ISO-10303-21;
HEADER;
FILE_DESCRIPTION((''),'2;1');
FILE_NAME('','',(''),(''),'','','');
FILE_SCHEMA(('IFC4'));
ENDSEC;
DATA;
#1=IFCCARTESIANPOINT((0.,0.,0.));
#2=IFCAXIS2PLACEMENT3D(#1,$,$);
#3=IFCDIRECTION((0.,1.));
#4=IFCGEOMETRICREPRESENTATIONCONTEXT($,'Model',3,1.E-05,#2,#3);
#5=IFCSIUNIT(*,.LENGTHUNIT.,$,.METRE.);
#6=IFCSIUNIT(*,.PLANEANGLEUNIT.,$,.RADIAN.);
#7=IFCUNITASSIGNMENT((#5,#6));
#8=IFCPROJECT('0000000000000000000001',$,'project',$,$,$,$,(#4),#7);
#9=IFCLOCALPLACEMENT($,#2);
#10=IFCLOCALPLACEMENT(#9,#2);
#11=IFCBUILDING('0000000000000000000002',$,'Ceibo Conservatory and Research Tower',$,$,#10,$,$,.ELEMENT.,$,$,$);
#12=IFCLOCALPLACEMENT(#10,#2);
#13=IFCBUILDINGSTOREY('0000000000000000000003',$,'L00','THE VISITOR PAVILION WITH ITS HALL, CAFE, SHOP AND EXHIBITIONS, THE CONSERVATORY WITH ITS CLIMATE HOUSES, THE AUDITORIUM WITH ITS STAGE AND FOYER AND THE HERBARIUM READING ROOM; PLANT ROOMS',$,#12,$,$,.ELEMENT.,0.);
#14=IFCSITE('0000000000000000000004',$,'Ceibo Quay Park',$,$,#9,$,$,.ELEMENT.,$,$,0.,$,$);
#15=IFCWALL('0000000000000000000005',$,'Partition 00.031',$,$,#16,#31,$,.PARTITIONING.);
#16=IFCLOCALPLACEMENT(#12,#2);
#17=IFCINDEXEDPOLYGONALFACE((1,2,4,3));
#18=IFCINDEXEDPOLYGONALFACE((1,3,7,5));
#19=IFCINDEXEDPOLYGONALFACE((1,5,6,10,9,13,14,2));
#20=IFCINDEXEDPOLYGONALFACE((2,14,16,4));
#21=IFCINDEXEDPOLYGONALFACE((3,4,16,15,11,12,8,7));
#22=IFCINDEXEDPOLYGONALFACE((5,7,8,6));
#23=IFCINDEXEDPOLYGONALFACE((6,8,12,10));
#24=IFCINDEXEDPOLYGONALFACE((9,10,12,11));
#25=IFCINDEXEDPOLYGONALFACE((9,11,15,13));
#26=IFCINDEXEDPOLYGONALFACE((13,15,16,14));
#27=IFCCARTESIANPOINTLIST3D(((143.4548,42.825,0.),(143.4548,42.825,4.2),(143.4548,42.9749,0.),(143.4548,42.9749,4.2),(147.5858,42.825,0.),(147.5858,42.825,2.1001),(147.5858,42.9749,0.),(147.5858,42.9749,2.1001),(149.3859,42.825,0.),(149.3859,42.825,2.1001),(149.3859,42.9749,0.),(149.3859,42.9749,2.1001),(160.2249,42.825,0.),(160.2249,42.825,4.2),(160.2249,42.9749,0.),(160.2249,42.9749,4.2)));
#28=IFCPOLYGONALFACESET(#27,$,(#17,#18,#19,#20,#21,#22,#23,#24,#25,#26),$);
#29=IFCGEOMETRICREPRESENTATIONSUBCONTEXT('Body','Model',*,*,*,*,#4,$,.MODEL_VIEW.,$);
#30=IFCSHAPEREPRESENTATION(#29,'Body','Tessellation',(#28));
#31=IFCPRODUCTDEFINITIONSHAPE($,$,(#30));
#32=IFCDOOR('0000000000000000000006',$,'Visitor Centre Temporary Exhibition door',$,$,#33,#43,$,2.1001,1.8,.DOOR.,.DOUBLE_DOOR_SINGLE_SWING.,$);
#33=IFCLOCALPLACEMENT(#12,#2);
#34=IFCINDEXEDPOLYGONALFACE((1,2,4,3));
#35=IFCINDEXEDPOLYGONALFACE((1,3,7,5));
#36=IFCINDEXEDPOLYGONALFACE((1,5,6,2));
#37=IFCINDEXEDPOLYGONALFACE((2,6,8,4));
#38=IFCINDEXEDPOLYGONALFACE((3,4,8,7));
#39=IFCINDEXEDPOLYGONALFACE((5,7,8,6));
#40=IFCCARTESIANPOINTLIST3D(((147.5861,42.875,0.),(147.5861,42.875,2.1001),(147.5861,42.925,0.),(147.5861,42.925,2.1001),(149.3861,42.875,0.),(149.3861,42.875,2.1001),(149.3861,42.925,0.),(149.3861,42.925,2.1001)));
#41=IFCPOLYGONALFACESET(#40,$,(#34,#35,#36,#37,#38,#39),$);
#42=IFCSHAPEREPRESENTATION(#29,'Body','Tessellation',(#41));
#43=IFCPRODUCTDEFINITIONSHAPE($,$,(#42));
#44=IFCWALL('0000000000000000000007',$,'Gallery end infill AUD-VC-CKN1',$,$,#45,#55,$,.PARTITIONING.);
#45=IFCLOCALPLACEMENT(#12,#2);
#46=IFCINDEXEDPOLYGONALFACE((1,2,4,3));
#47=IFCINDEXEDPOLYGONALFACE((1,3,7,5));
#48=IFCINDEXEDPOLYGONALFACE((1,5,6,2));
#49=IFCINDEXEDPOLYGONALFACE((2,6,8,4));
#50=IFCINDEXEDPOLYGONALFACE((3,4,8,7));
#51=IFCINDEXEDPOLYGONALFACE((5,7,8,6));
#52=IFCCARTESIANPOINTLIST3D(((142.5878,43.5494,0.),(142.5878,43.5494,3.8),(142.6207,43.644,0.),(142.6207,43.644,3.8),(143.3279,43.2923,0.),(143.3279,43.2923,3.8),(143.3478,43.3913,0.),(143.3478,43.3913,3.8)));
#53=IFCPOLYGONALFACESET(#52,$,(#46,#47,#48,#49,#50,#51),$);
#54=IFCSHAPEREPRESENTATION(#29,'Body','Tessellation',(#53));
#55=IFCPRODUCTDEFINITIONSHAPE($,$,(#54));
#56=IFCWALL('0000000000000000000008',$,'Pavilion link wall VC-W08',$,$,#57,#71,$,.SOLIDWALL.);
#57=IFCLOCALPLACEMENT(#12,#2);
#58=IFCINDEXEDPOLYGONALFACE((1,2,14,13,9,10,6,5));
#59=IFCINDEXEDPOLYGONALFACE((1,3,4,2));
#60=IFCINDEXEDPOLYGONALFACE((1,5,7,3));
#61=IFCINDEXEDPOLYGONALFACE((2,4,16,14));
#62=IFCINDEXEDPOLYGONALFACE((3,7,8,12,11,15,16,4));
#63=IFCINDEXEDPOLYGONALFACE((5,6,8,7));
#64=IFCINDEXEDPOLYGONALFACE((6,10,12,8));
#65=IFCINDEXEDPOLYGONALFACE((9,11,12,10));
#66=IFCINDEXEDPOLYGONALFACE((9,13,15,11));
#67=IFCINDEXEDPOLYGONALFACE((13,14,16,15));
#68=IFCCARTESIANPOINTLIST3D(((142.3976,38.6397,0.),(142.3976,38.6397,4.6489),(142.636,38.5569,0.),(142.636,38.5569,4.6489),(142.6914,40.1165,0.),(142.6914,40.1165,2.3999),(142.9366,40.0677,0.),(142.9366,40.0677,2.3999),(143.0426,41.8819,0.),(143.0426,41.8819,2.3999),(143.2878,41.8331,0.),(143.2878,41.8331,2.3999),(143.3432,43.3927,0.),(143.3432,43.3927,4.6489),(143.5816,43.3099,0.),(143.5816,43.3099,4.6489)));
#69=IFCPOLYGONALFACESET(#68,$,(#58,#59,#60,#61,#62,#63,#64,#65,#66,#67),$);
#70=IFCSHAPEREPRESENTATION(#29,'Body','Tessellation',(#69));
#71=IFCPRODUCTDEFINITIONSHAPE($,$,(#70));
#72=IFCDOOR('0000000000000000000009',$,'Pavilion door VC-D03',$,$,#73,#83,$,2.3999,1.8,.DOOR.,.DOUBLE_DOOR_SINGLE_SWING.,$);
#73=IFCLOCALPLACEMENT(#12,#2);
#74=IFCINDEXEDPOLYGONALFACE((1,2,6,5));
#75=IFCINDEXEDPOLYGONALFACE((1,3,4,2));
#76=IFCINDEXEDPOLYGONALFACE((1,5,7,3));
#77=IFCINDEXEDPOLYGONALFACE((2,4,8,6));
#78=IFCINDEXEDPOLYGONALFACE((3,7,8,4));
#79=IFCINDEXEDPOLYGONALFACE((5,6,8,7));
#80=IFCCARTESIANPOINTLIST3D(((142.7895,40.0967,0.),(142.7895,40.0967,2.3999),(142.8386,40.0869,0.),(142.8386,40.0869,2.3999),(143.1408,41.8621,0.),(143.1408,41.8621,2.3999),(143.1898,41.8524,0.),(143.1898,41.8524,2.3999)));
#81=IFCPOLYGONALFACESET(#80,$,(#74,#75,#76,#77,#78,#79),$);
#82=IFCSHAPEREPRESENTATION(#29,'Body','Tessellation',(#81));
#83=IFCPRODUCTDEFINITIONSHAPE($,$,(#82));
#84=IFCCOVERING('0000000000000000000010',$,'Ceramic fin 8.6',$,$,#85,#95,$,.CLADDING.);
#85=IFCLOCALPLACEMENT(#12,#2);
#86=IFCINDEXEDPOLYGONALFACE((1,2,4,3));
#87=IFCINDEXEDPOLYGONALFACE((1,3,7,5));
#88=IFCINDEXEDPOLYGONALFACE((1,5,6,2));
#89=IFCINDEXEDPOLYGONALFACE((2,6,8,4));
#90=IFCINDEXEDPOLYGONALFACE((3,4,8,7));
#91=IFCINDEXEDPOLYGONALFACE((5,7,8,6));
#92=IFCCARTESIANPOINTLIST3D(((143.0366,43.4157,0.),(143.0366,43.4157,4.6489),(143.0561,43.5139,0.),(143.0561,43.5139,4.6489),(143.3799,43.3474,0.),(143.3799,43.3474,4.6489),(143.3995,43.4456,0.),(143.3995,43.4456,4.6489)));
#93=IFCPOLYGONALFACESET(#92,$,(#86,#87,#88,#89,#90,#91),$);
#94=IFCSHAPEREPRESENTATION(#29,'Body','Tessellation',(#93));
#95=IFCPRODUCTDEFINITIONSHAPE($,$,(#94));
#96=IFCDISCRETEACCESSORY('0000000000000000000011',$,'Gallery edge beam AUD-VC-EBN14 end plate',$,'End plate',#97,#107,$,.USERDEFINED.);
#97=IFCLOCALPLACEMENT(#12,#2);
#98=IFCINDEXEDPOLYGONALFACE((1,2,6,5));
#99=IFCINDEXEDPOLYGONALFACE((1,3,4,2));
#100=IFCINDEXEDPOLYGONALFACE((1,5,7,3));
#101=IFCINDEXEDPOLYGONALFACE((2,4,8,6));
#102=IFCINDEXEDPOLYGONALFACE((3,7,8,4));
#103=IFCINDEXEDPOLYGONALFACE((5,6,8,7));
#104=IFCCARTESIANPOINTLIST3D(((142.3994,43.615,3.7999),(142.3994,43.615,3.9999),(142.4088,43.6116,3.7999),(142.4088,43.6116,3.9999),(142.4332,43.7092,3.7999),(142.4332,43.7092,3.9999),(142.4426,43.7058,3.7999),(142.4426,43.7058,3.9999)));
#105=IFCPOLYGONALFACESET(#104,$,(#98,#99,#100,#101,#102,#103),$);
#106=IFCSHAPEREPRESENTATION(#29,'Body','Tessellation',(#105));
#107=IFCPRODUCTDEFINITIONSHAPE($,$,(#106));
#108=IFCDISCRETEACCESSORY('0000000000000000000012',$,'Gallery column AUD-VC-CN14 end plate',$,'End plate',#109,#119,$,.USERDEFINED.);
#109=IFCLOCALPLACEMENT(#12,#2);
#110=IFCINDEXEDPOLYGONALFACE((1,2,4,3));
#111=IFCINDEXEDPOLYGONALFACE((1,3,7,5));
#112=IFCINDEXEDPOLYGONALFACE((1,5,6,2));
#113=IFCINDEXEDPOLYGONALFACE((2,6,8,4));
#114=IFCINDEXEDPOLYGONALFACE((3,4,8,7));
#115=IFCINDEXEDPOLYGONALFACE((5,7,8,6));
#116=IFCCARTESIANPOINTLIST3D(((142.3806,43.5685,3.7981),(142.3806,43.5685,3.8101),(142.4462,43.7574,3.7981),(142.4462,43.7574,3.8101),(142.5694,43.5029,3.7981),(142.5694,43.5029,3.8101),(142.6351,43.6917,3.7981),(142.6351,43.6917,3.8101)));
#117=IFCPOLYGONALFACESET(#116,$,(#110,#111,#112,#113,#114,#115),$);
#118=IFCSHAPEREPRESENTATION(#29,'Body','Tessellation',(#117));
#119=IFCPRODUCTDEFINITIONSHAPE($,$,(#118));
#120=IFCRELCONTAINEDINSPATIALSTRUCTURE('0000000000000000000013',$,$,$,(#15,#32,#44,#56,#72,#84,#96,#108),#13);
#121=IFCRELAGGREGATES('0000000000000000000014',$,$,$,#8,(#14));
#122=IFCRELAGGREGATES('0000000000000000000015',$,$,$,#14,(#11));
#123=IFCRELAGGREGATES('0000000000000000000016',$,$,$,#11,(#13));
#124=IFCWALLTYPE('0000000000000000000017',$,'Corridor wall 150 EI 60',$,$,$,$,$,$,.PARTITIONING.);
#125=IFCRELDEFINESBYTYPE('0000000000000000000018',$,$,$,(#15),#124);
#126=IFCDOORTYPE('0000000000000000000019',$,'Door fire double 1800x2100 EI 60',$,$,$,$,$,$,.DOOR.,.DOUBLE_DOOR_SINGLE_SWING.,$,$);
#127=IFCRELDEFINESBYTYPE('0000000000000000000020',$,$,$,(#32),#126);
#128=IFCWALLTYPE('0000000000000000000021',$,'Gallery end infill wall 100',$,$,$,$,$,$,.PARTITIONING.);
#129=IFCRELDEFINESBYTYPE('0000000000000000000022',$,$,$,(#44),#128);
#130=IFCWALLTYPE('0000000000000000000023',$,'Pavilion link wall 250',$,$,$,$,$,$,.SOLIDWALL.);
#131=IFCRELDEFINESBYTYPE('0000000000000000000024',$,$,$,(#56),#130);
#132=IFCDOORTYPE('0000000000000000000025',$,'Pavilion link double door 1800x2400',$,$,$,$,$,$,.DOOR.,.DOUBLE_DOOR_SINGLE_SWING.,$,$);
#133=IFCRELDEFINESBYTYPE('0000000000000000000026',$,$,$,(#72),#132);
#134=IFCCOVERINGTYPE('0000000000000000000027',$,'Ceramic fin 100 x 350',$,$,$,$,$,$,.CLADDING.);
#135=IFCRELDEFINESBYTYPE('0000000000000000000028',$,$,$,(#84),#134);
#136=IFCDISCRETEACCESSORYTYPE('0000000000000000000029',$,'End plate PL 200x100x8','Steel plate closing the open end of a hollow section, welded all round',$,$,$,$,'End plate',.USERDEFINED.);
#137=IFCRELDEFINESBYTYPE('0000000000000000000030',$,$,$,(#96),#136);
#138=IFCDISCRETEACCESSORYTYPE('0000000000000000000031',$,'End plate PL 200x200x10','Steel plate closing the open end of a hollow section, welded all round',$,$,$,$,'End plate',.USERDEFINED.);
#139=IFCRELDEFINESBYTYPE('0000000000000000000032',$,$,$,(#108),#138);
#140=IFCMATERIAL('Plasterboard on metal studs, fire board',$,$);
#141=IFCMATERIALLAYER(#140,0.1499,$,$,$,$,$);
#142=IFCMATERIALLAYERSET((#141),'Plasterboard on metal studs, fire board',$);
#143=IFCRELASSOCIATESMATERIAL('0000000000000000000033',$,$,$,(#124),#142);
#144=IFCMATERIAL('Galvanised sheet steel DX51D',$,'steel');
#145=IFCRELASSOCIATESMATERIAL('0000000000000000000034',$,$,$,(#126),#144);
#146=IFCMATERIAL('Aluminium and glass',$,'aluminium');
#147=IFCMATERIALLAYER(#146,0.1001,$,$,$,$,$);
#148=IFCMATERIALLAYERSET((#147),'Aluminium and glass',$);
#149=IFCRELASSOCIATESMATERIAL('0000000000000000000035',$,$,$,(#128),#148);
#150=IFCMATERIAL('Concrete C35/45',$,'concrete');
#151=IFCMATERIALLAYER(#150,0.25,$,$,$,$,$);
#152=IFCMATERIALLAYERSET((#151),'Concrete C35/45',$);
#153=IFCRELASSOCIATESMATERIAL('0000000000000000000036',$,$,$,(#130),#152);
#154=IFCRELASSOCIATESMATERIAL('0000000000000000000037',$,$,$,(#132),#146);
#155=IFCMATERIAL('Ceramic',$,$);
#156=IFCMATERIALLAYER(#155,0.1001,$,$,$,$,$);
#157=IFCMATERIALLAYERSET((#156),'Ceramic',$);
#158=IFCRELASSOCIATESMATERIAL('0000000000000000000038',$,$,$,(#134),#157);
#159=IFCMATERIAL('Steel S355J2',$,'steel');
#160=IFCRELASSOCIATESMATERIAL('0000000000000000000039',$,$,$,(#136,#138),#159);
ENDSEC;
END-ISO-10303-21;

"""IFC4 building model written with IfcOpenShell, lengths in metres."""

from ifc_helpers import new_model, si_unit, direction, frame, frame_2d, origin, origin_2d, place, context, subcontext, project, spatial, polyline, rectangle, outline, extrude, material, layer, layer_set, material_profile, profile_set, type_object, element, fill, save


model = new_model("IFC4")

# Units and contexts
model_context = context("Model", 3, precision=1e-05, world=origin(), true_north=direction((0.0, 1.0)))
body_context = subcontext(model_context, "Body", "Model", "MODEL_VIEW")
ifc_project = project(units=[si_unit("LENGTHUNIT", "METRE"), si_unit("PLANEANGLEUNIT", "RADIAN")], contexts=[model_context])

# Site, building, storey
site_placement = place(None, origin())
site = spatial("IfcSite", under=ifc_project, at=site_placement, Name="Ceibo Quay Park", CompositionType="ELEMENT", RefElevation=0.0)
building_placement = place(site_placement, origin())
building = spatial("IfcBuilding", under=site, at=building_placement, Name="Ceibo Conservatory and Research Tower", CompositionType="ELEMENT")
storey_placement = place(building_placement, origin())
storey = spatial("IfcBuildingStorey", under=building, at=storey_placement, Name="L00", Description="THE VISITOR PAVILION WITH ITS HALL, CAFE, SHOP AND EXHIBITIONS, THE CONSERVATORY WITH ITS CLIMATE HOUSES, THE AUDITORIUM WITH ITS STAGE AND FOYER AND THE HERBARIUM READING ROOM; PLANT ROOMS", CompositionType="ELEMENT", Elevation=0.0)

# Shared definitions
ifc_material_1 = material(Name="Aluminium and glass", Category="aluminium")

# Shared definitions
ifc_material_2 = material(Name="Steel S355J2", Category="steel")

# Wall, opening, door
ifc_material_3 = material(Name="Plasterboard on metal studs, fire board")
ifc_layer_1 = layer(ifc_material_3, 0.1499)
ifc_layer_set_1 = layer_set([ifc_layer_1], Name="Plasterboard on metal studs, fire board")
wall_type_1 = type_object("IfcWallType", Name="Corridor wall 150 EI 60", PredefinedType="PARTITIONING", material=ifc_layer_set_1)
wall_1_placement = place(storey_placement, frame((143.4548, 42.8999, 0.0), z_axis=(0.0, 0.0, 1.0), x_axis=(1.0, 0.0, 0.0)))
wall_1 = element("IfcWall", 1, at=wall_1_placement, inside=storey, type_object=wall_type_1, Name="Partition 00.031", PredefinedType="PARTITIONING", context=body_context, shape_type="SweptSolid", body=[
    extrude(rectangle(XDim=16.77, YDim=0.1499, at=frame_2d((8.385, 0.0))), origin(), (0.0, 0.0, 1.0), 4.2),
])
opening_1_placement = place(wall_1_placement, frame((4.1311, 0.0, 0.0)))
opening_1 = element("IfcOpeningElement", 2, at=opening_1_placement, cuts=wall_1, PredefinedType="OPENING", context=body_context, shape_type="SweptSolid", body=[
    extrude(rectangle(XDim=1.8, YDim=2.1001, at=frame_2d((0.8999, 1.05))), frame((0.0, 0.085, 0.0), z_axis=(0.0, -1.0, 0.0), x_axis=(1.0, 0.0, 0.0)), (0.0, 0.0, 1.0), 0.1699),
])
ifc_material_4 = material(Name="Galvanised sheet steel DX51D", Category="steel")
door_type_1 = type_object("IfcDoorType", Name="Door fire double 1800x2100 EI 60", OperationType="DOUBLE_DOOR_SINGLE_SWING", PredefinedType="DOOR", material=ifc_material_4)
door_1_placement = place(opening_1_placement, frame((1.8, 0.0, 0.0), z_axis=(0.0, 0.0, 1.0), x_axis=(-1.0, 0.0, 0.0)))
door_1 = element("IfcDoor", 3, at=door_1_placement, inside=storey, type_object=door_type_1, Name="Visitor Centre Temporary Exhibition door", OperationType="DOUBLE_DOOR_SINGLE_SWING", OverallHeight=2.1001, OverallWidth=1.8, PredefinedType="DOOR", context=body_context, shape_type="SweptSolid", body=[
    extrude(rectangle(XDim=1.8, YDim=2.1001, at=frame_2d((0.8999, 1.05))), frame((0.0, 0.0249, 0.0), z_axis=(0.0, -1.0, 0.0), x_axis=(1.0, 0.0, 0.0)), (0.0, 0.0, 1.0), 0.05),
])
fill(opening_1, door_1)

# Wall
ifc_layer_2 = layer(ifc_material_1, 0.1001)
ifc_layer_set_2 = layer_set([ifc_layer_2], Name="Aluminium and glass")
wall_type_2 = type_object("IfcWallType", Name="Gallery end infill wall 100", PredefinedType="PARTITIONING", material=ifc_layer_set_2)
wall_2_placement = place(storey_placement, frame((142.6042, 43.5967, 0.0), z_axis=(0.0, 0.0, 1.0), x_axis=(0.944615, -0.328179, 0.0)))
element("IfcWall", 4, at=wall_2_placement, inside=storey, type_object=wall_type_2, Name="Gallery end infill AUD-VC-CKN1", PredefinedType="PARTITIONING", context=body_context, shape_type="SweptSolid", body=[
    extrude(outline(polyline([(0.0, -0.05), (0.7834, -0.05), (0.7698, 0.05), (0.0, 0.05), (0.0, -0.05)])), origin(), (0.0, 0.0, 1.0), 3.8),
])

# Wall, opening, door
ifc_material_5 = material(Name="Concrete C35/45", Category="concrete")
ifc_layer_3 = layer(ifc_material_5, 0.25)
ifc_layer_set_3 = layer_set([ifc_layer_3], Name="Concrete C35/45")
wall_type_3 = type_object("IfcWallType", Name="Pavilion link wall 250", PredefinedType="SOLIDWALL", material=ifc_layer_set_3)
wall_3_placement = place(storey_placement, frame((143.4624, 43.3513, 0.0), z_axis=(0.0, 0.0, 1.0), x_axis=(-0.195118, -0.98078, 0.0)))
wall_3 = element("IfcWall", 5, at=wall_3_placement, inside=storey, type_object=wall_type_3, Name="Pavilion link wall VC-W08", PredefinedType="SOLIDWALL", context=body_context, shape_type="SweptSolid", body=[
    extrude(outline(polyline([(-0.0173, -0.125), (4.8289, -0.125), (4.8635, 0.125), (0.0173, 0.125), (-0.0173, -0.125)])), origin(), (0.0, 0.0, 1.0), 4.6489),
])
opening_2_placement = place(wall_3_placement, frame((1.5232, 0.0, 0.0)))
opening_2 = element("IfcOpeningElement", 6, at=opening_2_placement, cuts=wall_3, PredefinedType="OPENING", context=body_context, shape_type="SweptSolid", body=[
    extrude(rectangle(XDim=1.8, YDim=2.3999, at=frame_2d((0.8999, 1.2))), frame((0.0, 0.135, 0.0), z_axis=(0.0, -1.0, 0.0), x_axis=(1.0, 0.0, 0.0)), (0.0, 0.0, 1.0), 0.27),
])
door_type_2 = type_object("IfcDoorType", Name="Pavilion link double door 1800x2400", OperationType="DOUBLE_DOOR_SINGLE_SWING", PredefinedType="DOOR", material=ifc_material_1)
door_2_placement = place(opening_2_placement, frame((1.8, 0.0, 0.0), z_axis=(0.0, 0.0, 1.0), x_axis=(-1.0, 0.0, 0.0)))
door_2 = element("IfcDoor", 7, at=door_2_placement, inside=storey, type_object=door_type_2, Name="Pavilion door VC-D03", OperationType="DOUBLE_DOOR_SINGLE_SWING", OverallHeight=2.3999, OverallWidth=1.8, PredefinedType="DOOR", context=body_context, shape_type="SweptSolid", body=[
    extrude(rectangle(XDim=1.8, YDim=2.3999, at=frame_2d((0.8999, 1.2))), frame((0.0, 0.0249, 0.0), z_axis=(0.0, -1.0, 0.0), x_axis=(1.0, 0.0, 0.0)), (0.0, 0.0, 1.0), 0.05),
])
fill(opening_2, door_2)

# Covering
ifc_material_6 = material(Name="Ceramic")
ifc_layer_4 = layer(ifc_material_6, 0.1001)
ifc_layer_set_4 = layer_set([ifc_layer_4], Name="Ceramic")
covering_type = type_object("IfcCoveringType", Name="Ceramic fin 100 x 350", PredefinedType="CLADDING", material=ifc_layer_set_4)
covering_placement = place(storey_placement, frame((143.218, 43.4307, 0.0), z_axis=(0.0, 0.0, 1.0), x_axis=(0.19509, 0.980785, 0.0)))
element("IfcCovering", 8, at=covering_placement, inside=storey, type_object=covering_type, Name="Ceramic fin 8.6", PredefinedType="CLADDING", context=body_context, shape_type="SweptSolid", body=[
    extrude(rectangle(XDim=0.1001, YDim=0.3501, at=origin_2d()), origin(), (0.0, 0.0, 1.0), 4.6489),
])

# Discrete accessories
ifc_material_profile_1 = material_profile(ifc_material_2, rectangle(XDim=0.1001, YDim=0.2, at=origin_2d()), Name="End plate PL 200x100x8")
ifc_profile_set_1 = profile_set([ifc_material_profile_1], Name="Steel S355J2")
discrete_accessory_type_1 = type_object("IfcDiscreteAccessoryType", Name="End plate PL 200x100x8", Description="Steel plate closing the open end of a hollow section, welded all round", ElementType="End plate", PredefinedType="USERDEFINED", material=ifc_profile_set_1)
discrete_accessory_1_placement = place(storey_placement, frame((142.4163, 43.6621, 3.8999), z_axis=(0.941195, -0.337865, 0.0), x_axis=(0.337865, 0.941195, 0.0)))
element("IfcDiscreteAccessory", 9, at=discrete_accessory_1_placement, inside=storey, type_object=discrete_accessory_type_1, Name="Gallery edge beam AUD-VC-EBN14 end plate", ObjectType="End plate", PredefinedType="USERDEFINED", context=body_context, shape_type="SweptSolid", body=[
    extrude(rectangle(XDim=0.1001, YDim=0.2, at=origin_2d()), origin(), (0.0, 0.0, 1.0), 0.01),
])
ifc_material_profile_2 = material_profile(ifc_material_2, rectangle(XDim=0.2, YDim=0.2, at=origin_2d()), Name="End plate PL 200x200x10")
ifc_profile_set_2 = profile_set([ifc_material_profile_2], Name="Steel S355J2")
discrete_accessory_type_2 = type_object("IfcDiscreteAccessoryType", Name="End plate PL 200x200x10", Description="Steel plate closing the open end of a hollow section, welded all round", ElementType="End plate", PredefinedType="USERDEFINED", material=ifc_profile_set_2)
discrete_accessory_2_placement = place(storey_placement, frame((142.5078, 43.6301, 3.7981), z_axis=(0.0, 0.0, 1.0), x_axis=(0.944579, -0.328284, 0.0)))
element("IfcDiscreteAccessory", 10, at=discrete_accessory_2_placement, inside=storey, type_object=discrete_accessory_type_2, Name="Gallery column AUD-VC-CN14 end plate", ObjectType="End plate", PredefinedType="USERDEFINED", context=body_context, shape_type="SweptSolid", body=[
    extrude(rectangle(XDim=0.2, YDim=0.2, at=origin_2d()), origin(), (0.0, 0.0, 1.0), 0.012),
])

save(model, "model.ifc")
